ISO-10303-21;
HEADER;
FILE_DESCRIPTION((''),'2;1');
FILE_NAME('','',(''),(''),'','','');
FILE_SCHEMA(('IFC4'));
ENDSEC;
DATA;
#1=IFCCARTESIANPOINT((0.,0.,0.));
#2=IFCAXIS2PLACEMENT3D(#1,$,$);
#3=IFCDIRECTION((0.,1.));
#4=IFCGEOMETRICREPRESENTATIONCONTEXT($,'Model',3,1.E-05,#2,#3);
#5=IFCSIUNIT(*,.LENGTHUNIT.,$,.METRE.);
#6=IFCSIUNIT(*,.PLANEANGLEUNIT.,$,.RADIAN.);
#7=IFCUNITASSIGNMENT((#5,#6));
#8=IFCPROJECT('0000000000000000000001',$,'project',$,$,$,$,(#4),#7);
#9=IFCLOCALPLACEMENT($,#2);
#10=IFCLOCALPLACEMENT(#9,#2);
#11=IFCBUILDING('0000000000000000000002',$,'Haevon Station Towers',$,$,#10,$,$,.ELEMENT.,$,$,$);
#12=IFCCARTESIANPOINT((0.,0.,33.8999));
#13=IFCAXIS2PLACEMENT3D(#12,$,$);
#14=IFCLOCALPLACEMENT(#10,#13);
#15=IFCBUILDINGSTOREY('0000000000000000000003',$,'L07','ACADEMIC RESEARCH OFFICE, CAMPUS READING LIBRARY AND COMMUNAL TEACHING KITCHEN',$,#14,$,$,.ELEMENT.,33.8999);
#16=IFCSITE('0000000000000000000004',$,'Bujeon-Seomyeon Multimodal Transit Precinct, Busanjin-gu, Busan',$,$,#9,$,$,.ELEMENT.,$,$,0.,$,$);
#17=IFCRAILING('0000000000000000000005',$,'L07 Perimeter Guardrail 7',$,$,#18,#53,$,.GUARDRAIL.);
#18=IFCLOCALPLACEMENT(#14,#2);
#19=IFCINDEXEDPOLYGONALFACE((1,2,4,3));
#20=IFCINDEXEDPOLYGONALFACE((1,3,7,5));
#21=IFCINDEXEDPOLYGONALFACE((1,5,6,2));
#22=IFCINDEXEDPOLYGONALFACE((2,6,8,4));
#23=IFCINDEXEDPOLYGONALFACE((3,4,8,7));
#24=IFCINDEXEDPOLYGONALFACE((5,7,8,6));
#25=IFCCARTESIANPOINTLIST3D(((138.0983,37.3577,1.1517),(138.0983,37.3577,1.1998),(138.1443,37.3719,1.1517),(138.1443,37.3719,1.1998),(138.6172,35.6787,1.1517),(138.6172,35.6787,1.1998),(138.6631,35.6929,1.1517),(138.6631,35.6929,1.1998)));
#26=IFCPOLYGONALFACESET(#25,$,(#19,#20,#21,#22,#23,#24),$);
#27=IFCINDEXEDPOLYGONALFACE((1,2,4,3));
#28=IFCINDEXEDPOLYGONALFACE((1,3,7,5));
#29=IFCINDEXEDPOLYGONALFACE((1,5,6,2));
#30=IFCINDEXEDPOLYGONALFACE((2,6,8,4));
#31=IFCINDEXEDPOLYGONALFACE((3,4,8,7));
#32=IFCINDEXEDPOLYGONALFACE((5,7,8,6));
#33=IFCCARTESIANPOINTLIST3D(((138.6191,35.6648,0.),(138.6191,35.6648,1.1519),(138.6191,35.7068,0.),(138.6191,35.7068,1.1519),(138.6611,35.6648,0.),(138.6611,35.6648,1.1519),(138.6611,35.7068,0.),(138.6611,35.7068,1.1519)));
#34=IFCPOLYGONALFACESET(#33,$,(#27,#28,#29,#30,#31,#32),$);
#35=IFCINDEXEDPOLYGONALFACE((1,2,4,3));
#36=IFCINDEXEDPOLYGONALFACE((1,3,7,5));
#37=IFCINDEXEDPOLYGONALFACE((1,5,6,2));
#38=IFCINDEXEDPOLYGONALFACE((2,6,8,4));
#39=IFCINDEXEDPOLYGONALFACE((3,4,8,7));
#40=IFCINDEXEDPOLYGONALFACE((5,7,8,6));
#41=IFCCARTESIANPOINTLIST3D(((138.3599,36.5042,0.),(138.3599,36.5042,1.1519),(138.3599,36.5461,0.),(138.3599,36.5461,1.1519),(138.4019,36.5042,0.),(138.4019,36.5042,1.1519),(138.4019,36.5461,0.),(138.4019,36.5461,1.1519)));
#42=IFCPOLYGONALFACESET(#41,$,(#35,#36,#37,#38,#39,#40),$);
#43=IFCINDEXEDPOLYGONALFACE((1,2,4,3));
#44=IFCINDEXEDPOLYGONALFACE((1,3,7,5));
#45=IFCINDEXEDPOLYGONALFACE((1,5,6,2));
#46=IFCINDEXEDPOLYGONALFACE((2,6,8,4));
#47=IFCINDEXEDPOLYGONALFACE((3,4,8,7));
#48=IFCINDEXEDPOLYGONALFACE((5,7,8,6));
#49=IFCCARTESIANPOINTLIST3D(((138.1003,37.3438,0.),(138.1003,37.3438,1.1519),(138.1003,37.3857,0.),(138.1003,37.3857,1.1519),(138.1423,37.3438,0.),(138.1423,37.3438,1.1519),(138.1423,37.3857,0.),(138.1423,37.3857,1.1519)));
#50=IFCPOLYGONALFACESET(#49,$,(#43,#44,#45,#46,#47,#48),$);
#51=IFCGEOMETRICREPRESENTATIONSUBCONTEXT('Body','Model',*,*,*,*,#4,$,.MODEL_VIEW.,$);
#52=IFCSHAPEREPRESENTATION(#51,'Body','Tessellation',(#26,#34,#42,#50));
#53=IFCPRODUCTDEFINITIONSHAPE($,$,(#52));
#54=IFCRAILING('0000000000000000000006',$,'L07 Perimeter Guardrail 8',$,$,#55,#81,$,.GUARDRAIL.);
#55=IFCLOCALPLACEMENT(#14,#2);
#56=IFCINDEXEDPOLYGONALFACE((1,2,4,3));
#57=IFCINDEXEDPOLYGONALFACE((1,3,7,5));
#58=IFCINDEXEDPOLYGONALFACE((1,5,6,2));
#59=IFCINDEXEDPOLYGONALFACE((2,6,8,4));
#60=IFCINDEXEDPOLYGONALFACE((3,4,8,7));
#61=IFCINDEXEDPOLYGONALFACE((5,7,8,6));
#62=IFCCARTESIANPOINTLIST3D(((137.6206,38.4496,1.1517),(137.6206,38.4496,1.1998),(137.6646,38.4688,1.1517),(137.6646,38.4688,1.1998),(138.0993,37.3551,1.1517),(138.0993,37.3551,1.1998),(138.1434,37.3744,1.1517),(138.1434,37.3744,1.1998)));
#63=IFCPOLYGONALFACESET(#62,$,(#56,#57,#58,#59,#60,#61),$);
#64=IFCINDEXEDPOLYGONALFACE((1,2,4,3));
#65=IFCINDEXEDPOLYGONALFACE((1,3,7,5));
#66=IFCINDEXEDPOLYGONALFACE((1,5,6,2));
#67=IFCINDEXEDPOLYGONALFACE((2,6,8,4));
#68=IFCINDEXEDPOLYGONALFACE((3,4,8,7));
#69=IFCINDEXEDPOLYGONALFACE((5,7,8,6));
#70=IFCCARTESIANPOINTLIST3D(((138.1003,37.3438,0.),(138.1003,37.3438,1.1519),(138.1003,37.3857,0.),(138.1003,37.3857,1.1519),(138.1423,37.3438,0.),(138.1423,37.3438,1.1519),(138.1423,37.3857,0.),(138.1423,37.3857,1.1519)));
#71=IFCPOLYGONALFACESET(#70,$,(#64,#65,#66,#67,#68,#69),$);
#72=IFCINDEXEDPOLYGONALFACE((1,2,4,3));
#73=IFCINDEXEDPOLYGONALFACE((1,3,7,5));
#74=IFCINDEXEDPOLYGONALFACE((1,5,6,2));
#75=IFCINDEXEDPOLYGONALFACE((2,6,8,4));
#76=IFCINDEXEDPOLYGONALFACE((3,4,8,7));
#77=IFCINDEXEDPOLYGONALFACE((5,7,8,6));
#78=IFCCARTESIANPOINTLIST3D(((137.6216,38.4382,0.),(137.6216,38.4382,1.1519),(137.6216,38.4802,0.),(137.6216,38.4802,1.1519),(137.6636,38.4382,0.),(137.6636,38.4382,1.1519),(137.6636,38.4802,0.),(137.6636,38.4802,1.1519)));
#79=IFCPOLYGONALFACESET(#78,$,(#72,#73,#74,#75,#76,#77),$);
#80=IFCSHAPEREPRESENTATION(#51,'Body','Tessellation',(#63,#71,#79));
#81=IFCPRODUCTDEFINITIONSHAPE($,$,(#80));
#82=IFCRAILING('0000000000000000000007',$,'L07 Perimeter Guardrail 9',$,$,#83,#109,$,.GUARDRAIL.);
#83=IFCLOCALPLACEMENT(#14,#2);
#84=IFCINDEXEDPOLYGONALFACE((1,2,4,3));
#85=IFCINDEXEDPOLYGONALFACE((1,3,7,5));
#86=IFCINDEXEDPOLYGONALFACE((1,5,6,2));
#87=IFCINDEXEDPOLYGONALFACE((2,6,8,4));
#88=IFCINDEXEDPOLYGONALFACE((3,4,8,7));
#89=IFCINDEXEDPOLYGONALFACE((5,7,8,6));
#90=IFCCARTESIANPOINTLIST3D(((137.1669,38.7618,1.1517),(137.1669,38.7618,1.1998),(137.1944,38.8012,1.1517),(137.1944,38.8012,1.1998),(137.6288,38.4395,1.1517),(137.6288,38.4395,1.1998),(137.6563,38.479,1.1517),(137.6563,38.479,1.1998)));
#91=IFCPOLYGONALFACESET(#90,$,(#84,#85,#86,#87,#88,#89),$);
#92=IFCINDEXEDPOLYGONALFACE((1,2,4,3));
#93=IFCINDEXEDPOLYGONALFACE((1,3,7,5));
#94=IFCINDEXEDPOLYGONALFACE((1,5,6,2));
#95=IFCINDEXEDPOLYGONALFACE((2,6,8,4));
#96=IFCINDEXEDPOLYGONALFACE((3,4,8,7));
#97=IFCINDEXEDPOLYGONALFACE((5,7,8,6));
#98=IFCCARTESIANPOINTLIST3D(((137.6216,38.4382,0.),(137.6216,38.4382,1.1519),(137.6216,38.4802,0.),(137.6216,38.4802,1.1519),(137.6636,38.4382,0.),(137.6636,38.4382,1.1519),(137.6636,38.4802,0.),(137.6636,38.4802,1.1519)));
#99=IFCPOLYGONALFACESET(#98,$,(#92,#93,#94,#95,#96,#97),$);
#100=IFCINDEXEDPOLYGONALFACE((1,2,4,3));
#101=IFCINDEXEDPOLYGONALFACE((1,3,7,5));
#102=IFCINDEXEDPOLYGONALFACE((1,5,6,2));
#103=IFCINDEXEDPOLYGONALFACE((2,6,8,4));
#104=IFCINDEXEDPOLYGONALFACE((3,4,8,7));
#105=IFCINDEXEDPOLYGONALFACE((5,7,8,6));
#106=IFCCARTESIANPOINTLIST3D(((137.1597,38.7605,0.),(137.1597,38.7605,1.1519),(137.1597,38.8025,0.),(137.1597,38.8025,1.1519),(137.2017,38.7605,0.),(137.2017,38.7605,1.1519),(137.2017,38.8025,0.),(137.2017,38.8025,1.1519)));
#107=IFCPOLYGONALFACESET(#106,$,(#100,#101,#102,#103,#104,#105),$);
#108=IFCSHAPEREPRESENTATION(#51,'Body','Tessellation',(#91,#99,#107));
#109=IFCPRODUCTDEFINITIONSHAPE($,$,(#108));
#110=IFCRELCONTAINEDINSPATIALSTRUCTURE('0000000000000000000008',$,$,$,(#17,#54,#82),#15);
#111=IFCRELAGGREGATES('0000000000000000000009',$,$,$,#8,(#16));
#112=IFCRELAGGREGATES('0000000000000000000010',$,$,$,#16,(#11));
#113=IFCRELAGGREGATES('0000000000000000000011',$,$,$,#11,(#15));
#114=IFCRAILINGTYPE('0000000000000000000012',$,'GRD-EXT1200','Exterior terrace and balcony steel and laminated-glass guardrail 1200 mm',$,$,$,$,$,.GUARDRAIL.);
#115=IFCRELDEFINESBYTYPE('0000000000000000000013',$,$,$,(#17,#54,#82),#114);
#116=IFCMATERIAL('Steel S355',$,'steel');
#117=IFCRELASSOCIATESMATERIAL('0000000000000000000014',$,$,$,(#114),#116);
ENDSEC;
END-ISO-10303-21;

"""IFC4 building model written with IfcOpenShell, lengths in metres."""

from ifc_helpers import new_model, si_unit, direction, frame, origin, origin_2d, place, context, subcontext, project, spatial, rectangle, extrude, material, type_object, element, save


model = new_model("IFC4")

# Units and contexts
model_context = context("Model", 3, precision=1e-05, world=origin(), true_north=direction((0.0, 1.0)))
body_context = subcontext(model_context, "Body", "Model", "MODEL_VIEW")
ifc_project = project(units=[si_unit("LENGTHUNIT", "METRE"), si_unit("PLANEANGLEUNIT", "RADIAN")], contexts=[model_context])

# Site, building, storey
site_placement = place(None, origin())
site = spatial("IfcSite", under=ifc_project, at=site_placement, Name="Bujeon-Seomyeon Multimodal Transit Precinct, Busanjin-gu, Busan", CompositionType="ELEMENT", RefElevation=0.0)
building_placement = place(site_placement, origin())
building = spatial("IfcBuilding", under=site, at=building_placement, Name="Haevon Station Towers", CompositionType="ELEMENT")
storey_placement = place(building_placement, frame((0.0, 0.0, 33.8999)))
storey = spatial("IfcBuildingStorey", under=building, at=storey_placement, Name="L07", Description="ACADEMIC RESEARCH OFFICE, CAMPUS READING LIBRARY AND COMMUNAL TEACHING KITCHEN", CompositionType="ELEMENT", Elevation=33.8999)

# Shared definitions
ifc_material_1 = material(Name="Steel S355", Category="steel")

# Railings
railing_type = type_object("IfcRailingType", Name="GRD-EXT1200", Description="Exterior terrace and balcony steel and laminated-glass guardrail 1200 mm", PredefinedType="GUARDRAIL", material=ifc_material_1)
railing_1_placement = place(storey_placement, frame((138.6401, 35.6858, 0.0)))
element("IfcRailing", 1, at=railing_1_placement, inside=storey, type_object=railing_type, Name="L07 Perimeter Guardrail 7", PredefinedType="GUARDRAIL", context=body_context, shape_type="SweptSolid", body=[
    extrude(rectangle(XDim=0.0481, YDim=0.0481, at=origin_2d()), frame((0.0, 0.0, 1.1758), z_axis=(-0.295228, 0.955427, 0.0), x_axis=(-0.955427, -0.295228, 0.0)), (0.0, 0.0, 1.0), 1.7573),
    extrude(rectangle(XDim=0.042, YDim=0.042, at=origin_2d()), origin(), (0.0, 0.0, 1.0), 1.1519),
    extrude(rectangle(XDim=0.042, YDim=0.042, at=origin_2d()), frame((-0.2593, 0.8394, 0.0)), (0.0, 0.0, 1.0), 1.1519),
    extrude(rectangle(XDim=0.042, YDim=0.042, at=origin_2d()), frame((-0.5188, 1.679, 0.0)), (0.0, 0.0, 1.0), 1.1519),
])
railing_2_placement = place(storey_placement, frame((138.1213, 37.3647, 0.0)))
element("IfcRailing", 2, at=railing_2_placement, inside=storey, type_object=railing_type, Name="L07 Perimeter Guardrail 8", PredefinedType="GUARDRAIL", context=body_context, shape_type="SweptSolid", body=[
    extrude(rectangle(XDim=0.0481, YDim=0.0481, at=origin_2d()), frame((0.0, 0.0, 1.1758), z_axis=(-0.400765, 0.916181, 0.0), x_axis=(-0.916181, -0.400765, 0.0)), (0.0, 0.0, 1.0), 1.1946),
    extrude(rectangle(XDim=0.042, YDim=0.042, at=origin_2d()), origin(), (0.0, 0.0, 1.0), 1.1519),
    extrude(rectangle(XDim=0.042, YDim=0.042, at=origin_2d()), frame((-0.4788, 1.0945, 0.0)), (0.0, 0.0, 1.0), 1.1519),
])
railing_3_placement = place(storey_placement, frame((137.6426, 38.4592, 0.0)))
element("IfcRailing", 3, at=railing_3_placement, inside=storey, type_object=railing_type, Name="L07 Perimeter Guardrail 9", PredefinedType="GUARDRAIL", context=body_context, shape_type="SweptSolid", body=[
    extrude(rectangle(XDim=0.0481, YDim=0.0481, at=origin_2d()), frame((0.0, 0.0, 1.1758), z_axis=(-0.820127, 0.572182, 0.0), x_axis=(-0.572182, -0.820127, 0.0)), (0.0, 0.0, 1.0), 0.5632),
    extrude(rectangle(XDim=0.042, YDim=0.042, at=origin_2d()), origin(), (0.0, 0.0, 1.0), 1.1519),
    extrude(rectangle(XDim=0.042, YDim=0.042, at=origin_2d()), frame((-0.4619, 0.3223, 0.0)), (0.0, 0.0, 1.0), 1.1519),
])

save(model, "model.ifc")
